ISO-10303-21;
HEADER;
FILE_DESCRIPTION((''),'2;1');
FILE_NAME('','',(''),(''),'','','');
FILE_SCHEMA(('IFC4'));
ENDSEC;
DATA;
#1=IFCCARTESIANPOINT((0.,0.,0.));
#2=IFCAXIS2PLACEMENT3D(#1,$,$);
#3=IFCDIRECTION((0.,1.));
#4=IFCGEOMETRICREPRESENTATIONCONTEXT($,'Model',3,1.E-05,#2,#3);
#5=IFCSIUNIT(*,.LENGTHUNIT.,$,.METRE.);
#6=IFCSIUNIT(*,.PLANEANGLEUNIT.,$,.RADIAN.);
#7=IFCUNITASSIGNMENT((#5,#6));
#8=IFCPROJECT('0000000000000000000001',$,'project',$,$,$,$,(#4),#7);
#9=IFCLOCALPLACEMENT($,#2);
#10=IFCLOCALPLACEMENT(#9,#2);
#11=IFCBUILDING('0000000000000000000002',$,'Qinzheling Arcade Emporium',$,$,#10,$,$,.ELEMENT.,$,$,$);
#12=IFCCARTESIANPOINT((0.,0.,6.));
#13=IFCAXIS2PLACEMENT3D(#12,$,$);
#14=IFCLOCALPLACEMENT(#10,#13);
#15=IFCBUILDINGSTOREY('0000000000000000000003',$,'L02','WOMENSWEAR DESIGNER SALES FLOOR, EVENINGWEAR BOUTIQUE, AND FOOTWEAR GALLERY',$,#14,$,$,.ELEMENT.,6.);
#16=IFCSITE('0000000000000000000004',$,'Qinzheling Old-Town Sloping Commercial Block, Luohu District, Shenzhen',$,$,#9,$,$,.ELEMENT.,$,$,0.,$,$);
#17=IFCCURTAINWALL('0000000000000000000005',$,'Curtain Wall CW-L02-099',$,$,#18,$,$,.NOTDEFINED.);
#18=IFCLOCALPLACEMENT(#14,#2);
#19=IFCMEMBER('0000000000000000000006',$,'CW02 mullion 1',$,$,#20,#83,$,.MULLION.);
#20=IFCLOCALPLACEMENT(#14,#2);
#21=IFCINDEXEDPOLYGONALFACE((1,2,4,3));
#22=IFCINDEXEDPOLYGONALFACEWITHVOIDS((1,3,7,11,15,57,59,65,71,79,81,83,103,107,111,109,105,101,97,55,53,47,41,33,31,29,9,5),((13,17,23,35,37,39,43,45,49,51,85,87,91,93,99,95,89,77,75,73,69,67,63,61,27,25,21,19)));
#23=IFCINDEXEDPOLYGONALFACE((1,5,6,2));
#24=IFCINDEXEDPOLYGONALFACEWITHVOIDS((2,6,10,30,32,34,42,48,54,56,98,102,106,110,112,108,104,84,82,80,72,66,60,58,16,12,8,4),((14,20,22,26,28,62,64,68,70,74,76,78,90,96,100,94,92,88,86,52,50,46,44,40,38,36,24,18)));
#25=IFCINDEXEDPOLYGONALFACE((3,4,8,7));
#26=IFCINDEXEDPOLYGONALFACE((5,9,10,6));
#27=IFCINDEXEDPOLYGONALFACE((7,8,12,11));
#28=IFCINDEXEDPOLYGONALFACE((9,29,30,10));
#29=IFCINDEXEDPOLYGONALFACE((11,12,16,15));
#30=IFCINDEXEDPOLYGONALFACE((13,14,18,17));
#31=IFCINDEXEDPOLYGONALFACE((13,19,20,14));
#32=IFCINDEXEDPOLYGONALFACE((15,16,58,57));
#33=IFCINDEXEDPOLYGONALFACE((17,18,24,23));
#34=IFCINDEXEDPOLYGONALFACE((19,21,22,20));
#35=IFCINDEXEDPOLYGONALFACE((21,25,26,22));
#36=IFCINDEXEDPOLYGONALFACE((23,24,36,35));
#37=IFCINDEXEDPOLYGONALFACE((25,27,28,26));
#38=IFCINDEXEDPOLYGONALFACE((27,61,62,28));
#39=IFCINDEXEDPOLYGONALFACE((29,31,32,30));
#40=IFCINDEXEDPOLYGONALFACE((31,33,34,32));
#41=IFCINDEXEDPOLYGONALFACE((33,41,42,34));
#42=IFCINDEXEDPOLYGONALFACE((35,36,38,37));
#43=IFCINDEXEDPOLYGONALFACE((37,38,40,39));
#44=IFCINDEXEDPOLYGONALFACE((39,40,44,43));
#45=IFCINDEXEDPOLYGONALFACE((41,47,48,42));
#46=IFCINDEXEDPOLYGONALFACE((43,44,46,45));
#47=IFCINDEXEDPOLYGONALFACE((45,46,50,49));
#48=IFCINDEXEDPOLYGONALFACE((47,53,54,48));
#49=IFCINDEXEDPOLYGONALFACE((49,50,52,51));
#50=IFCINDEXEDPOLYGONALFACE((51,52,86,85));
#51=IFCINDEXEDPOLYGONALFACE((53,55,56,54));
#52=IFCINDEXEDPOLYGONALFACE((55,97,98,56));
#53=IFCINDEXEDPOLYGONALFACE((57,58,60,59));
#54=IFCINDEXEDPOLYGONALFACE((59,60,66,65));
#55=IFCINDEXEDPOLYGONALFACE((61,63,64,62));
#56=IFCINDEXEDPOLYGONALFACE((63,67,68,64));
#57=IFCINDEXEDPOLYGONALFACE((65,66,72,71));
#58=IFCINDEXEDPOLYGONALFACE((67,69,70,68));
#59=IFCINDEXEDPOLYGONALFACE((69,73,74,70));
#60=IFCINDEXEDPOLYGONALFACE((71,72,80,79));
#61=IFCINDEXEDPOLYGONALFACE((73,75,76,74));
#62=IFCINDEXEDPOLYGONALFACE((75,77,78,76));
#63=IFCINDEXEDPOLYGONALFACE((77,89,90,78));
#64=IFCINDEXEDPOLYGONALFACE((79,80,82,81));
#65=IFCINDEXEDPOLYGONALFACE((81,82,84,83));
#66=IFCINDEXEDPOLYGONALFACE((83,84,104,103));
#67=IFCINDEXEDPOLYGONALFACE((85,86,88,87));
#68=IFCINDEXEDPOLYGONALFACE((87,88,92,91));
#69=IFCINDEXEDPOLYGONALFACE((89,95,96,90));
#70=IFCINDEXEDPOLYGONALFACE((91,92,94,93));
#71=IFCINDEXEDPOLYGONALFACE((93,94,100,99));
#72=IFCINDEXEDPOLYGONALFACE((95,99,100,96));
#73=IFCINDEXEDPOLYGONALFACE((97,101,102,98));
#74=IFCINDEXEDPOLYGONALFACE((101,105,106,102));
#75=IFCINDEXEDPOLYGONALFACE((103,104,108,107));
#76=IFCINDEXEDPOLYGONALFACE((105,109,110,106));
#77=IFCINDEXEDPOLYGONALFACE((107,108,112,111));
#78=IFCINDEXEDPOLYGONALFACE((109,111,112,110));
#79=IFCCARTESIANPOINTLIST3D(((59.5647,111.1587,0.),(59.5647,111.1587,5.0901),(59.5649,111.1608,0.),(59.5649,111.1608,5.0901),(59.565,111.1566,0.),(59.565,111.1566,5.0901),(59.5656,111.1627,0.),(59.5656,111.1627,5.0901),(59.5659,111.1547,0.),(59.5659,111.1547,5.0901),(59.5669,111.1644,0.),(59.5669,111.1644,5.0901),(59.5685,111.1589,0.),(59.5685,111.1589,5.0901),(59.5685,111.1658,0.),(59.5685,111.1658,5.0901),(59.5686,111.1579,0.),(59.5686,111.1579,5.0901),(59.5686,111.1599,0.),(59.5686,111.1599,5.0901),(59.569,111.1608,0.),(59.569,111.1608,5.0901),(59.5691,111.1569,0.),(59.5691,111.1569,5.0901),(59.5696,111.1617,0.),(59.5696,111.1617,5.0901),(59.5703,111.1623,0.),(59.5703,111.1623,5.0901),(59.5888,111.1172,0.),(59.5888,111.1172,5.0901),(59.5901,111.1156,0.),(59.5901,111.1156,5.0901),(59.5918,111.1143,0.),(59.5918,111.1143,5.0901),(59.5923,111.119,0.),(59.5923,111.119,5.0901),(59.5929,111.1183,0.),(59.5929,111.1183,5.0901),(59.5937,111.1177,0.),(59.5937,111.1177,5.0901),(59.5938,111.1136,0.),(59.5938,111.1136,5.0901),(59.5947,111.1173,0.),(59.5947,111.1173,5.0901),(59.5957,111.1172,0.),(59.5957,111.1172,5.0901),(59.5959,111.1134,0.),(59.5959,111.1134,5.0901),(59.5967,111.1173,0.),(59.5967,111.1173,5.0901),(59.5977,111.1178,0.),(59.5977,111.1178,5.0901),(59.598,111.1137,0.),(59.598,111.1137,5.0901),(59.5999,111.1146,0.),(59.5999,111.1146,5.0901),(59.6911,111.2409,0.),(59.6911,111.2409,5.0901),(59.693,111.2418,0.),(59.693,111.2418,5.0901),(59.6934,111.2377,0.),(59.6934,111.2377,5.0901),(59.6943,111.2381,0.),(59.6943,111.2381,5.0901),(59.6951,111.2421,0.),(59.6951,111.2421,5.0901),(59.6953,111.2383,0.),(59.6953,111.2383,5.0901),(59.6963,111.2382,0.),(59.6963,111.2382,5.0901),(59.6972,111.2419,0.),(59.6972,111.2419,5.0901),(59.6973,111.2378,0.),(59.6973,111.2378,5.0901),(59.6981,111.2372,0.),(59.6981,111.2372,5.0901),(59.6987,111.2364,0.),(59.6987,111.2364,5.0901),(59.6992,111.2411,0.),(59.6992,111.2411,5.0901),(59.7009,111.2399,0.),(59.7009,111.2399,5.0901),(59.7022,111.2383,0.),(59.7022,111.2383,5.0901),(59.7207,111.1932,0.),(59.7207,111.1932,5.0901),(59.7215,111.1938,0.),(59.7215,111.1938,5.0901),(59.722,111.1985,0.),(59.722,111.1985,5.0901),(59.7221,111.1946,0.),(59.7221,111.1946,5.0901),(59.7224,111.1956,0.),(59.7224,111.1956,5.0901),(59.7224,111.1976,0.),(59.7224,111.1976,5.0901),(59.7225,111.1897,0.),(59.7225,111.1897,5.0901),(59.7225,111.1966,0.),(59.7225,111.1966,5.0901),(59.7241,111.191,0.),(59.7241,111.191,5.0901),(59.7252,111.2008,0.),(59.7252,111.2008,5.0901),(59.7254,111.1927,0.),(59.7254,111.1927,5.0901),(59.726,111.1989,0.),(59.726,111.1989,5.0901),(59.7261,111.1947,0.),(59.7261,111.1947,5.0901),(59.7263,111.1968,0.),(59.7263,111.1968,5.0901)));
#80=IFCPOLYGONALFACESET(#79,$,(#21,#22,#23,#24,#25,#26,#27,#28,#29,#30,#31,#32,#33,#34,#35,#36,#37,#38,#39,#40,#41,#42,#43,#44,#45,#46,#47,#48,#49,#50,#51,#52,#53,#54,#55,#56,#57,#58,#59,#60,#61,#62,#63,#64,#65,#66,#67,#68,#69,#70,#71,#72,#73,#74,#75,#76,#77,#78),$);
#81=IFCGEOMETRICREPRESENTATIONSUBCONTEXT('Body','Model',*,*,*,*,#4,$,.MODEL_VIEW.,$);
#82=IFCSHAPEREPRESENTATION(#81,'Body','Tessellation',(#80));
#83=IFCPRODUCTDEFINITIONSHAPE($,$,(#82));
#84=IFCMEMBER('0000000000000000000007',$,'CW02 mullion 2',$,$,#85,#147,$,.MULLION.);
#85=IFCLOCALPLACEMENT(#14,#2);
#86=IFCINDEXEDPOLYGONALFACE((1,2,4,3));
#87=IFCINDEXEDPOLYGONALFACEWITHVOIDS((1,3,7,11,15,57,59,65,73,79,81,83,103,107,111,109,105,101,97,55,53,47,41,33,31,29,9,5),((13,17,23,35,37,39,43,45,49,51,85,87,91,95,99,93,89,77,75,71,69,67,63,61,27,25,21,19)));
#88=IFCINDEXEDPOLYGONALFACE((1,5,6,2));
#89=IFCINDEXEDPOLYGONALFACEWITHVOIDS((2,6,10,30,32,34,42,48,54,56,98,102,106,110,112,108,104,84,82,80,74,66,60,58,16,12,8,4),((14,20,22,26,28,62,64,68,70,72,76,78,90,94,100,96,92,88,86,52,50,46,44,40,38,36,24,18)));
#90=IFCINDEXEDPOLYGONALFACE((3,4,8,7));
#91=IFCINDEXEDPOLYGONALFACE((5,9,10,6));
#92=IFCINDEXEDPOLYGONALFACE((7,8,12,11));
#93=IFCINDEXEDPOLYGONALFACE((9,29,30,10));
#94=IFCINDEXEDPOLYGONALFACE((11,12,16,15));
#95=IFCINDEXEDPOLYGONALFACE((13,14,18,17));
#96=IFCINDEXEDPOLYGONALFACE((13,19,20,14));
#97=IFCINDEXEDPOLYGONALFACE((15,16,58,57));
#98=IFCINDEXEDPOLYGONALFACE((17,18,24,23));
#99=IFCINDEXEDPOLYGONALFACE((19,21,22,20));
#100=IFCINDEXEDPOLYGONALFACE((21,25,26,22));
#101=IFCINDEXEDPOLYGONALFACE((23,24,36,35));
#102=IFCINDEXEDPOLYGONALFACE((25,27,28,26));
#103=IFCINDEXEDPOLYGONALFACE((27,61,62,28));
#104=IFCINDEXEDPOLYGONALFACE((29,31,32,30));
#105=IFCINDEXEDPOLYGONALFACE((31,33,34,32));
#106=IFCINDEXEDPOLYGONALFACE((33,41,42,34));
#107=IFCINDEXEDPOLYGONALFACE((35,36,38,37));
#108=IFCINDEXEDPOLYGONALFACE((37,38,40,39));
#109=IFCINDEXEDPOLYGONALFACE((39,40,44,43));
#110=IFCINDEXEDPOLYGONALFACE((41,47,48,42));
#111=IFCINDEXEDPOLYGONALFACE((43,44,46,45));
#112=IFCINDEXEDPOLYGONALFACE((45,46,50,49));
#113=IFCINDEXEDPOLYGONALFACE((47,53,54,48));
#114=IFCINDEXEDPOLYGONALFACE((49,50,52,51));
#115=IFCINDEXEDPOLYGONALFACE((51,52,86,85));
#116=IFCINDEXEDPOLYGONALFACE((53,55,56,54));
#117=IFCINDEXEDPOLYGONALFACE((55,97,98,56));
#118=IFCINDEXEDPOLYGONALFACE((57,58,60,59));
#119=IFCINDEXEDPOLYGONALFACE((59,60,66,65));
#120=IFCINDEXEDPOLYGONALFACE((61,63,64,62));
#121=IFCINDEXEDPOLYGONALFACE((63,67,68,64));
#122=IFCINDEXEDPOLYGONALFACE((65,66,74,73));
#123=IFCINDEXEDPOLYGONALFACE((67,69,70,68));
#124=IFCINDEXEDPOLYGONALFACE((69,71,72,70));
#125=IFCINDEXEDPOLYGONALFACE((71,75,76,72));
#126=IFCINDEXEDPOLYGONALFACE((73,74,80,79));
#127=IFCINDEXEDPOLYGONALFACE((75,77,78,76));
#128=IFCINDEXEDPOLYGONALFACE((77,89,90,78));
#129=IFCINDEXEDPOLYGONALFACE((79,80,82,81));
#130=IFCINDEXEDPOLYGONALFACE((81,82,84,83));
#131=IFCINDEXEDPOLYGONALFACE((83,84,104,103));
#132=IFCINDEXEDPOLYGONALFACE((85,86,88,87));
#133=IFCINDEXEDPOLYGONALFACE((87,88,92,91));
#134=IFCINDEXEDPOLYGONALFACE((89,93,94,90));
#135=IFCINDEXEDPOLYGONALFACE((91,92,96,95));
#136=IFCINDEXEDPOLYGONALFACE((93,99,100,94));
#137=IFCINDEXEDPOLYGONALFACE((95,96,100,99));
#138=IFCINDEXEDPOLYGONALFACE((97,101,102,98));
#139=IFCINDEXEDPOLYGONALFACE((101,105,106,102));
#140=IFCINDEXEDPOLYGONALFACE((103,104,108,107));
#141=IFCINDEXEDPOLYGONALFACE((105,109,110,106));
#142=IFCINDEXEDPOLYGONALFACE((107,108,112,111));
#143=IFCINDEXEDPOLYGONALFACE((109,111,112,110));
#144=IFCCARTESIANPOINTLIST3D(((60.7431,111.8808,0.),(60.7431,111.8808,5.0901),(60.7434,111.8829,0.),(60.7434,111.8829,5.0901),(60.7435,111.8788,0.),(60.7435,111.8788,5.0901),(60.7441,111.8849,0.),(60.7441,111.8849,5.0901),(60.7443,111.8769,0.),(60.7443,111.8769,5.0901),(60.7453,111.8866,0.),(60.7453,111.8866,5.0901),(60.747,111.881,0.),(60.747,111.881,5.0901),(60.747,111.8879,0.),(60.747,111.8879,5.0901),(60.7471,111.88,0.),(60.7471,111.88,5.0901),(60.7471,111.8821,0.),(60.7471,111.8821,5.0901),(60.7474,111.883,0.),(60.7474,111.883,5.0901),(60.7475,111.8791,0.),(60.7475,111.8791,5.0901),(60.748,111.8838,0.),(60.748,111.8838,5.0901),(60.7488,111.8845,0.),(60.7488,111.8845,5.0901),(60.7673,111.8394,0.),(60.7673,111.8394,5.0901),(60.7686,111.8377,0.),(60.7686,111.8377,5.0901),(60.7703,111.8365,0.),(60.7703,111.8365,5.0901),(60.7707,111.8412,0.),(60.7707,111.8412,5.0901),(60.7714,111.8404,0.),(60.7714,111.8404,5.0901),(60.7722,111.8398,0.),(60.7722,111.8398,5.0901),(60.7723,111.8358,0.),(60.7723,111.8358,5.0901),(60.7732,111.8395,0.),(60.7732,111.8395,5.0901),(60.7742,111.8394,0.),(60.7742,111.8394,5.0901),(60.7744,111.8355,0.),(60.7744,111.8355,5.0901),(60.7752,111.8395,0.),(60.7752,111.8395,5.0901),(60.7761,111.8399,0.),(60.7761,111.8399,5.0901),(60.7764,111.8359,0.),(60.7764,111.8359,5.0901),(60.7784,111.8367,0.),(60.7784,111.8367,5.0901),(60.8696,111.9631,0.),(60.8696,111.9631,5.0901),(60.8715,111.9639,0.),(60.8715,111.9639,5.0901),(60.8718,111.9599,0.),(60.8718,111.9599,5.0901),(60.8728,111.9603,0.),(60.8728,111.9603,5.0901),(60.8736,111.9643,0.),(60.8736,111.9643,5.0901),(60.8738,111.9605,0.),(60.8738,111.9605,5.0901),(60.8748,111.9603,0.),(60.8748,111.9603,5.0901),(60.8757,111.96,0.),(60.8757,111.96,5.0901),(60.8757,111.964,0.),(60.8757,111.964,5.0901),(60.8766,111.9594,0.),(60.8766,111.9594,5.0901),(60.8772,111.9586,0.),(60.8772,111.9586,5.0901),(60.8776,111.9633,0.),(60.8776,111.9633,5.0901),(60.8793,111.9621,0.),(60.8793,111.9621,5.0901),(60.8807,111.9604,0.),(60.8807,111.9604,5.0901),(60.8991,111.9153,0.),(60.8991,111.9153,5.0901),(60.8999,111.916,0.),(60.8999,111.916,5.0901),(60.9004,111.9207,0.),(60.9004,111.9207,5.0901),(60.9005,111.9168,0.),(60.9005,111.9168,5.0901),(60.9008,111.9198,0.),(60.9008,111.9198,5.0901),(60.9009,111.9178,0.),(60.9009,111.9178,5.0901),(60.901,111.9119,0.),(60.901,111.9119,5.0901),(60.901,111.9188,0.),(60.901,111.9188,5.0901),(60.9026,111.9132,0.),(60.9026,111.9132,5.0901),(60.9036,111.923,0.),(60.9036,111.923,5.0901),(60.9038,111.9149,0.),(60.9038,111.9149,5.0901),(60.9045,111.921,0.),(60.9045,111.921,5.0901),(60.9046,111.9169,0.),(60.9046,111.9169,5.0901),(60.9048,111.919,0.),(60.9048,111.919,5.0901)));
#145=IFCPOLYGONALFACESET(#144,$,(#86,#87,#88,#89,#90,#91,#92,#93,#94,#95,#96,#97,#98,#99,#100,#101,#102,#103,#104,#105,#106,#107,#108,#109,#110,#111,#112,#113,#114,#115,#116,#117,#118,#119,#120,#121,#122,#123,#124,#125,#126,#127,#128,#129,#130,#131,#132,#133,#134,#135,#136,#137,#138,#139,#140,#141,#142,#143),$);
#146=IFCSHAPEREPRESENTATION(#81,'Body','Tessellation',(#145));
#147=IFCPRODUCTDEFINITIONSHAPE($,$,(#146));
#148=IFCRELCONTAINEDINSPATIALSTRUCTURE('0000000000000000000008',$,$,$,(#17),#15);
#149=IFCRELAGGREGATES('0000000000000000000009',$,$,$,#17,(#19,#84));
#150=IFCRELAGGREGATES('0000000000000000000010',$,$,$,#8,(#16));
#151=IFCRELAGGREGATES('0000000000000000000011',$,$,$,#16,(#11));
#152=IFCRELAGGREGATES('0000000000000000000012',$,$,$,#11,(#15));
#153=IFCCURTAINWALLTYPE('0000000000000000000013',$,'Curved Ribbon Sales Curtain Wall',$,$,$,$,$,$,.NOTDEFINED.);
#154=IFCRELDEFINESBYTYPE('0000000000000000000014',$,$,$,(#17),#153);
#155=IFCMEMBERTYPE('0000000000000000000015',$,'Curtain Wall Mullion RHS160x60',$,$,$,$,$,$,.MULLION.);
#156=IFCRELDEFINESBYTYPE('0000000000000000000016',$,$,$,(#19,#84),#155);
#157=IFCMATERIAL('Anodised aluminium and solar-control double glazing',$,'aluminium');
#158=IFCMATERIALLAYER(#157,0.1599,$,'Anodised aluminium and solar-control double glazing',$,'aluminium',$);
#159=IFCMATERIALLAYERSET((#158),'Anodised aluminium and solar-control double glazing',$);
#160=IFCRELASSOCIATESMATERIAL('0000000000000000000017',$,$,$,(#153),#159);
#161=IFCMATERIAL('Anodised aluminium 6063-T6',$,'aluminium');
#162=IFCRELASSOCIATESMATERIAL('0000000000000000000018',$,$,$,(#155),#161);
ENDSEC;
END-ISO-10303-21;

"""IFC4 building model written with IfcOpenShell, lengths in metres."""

from ifc_helpers import new_model, si_unit, direction, frame, origin, origin_2d, place, context, subcontext, project, spatial, hollow_rectangle, extrude, material, layer, layer_set, material_profile, profile_set, type_object, element, aggregate, save


model = new_model("IFC4")

# Units and contexts
model_context = context("Model", 3, precision=1e-05, world=origin(), true_north=direction((0.0, 1.0)))
body_context = subcontext(model_context, "Body", "Model", "MODEL_VIEW")
ifc_project = project(units=[si_unit("LENGTHUNIT", "METRE"), si_unit("PLANEANGLEUNIT", "RADIAN")], contexts=[model_context])

# Site, building, storey
site_placement = place(None, origin())
site = spatial("IfcSite", under=ifc_project, at=site_placement, Name="Qinzheling Old-Town Sloping Commercial Block, Luohu District, Shenzhen", CompositionType="ELEMENT", RefElevation=0.0)
building_placement = place(site_placement, origin())
building = spatial("IfcBuilding", under=site, at=building_placement, Name="Qinzheling Arcade Emporium", CompositionType="ELEMENT")
storey_placement = place(building_placement, frame((0.0, 0.0, 6.0)))
storey = spatial("IfcBuildingStorey", under=building, at=storey_placement, Name="L02", Description="WOMENSWEAR DESIGNER SALES FLOOR, EVENINGWEAR BOUTIQUE, AND FOOTWEAR GALLERY", CompositionType="ELEMENT", Elevation=6.0)

# Curtain wall, members
ifc_material_1 = material(Name="Anodised aluminium and solar-control double glazing", Category="aluminium")
ifc_layer_1 = layer(ifc_material_1, 0.1599, Name="Anodised aluminium and solar-control double glazing", Category="aluminium")
ifc_layer_set_1 = layer_set([ifc_layer_1], Name="Anodised aluminium and solar-control double glazing")
curtain_wall_type = type_object("IfcCurtainWallType", Name="Curved Ribbon Sales Curtain Wall", PredefinedType="NOTDEFINED", material=ifc_layer_set_1)
curtain_wall_1_placement = place(storey_placement, origin())
curtain_wall_1 = element("IfcCurtainWall", 1, at=curtain_wall_1_placement, inside=storey, type_object=curtain_wall_type, Name="Curtain Wall CW-L02-099", PredefinedType="NOTDEFINED")
ifc_material_2 = material(Name="Anodised aluminium 6063-T6", Category="aluminium")
ifc_material_profile_1 = material_profile(ifc_material_2, hollow_rectangle(XDim=0.0601, YDim=0.1599, WallThickness=0.0039, InnerFilletRadius=0.0039, OuterFilletRadius=0.0081, at=origin_2d()), Name="RHS 160x60x4", Category="aluminium")
ifc_profile_set_1 = profile_set([ifc_material_profile_1], Name="Anodised aluminium 6063-T6")
member_type_1 = type_object("IfcMemberType", Name="Curtain Wall Mullion RHS160x60", PredefinedType="MULLION", material=ifc_profile_set_1)
member_1_placement = place(storey_placement, frame((59.6455, 111.1777, 0.0), z_axis=(0.0, 0.0, 1.0), x_axis=(-0.522595, 0.852581, 0.0)))
member_1 = element("IfcMember", 2, at=member_1_placement, type_object=member_type_1, Name="CW02 mullion 1", PredefinedType="MULLION", context=body_context, shape_type="SweptSolid", body=[
    extrude(hollow_rectangle(XDim=0.0601, YDim=0.1599, WallThickness=0.0039, InnerFilletRadius=0.0039, OuterFilletRadius=0.0081, at=origin_2d()), origin(), (0.0, 0.0, 1.0), 5.0901),
])
member_2_placement = place(storey_placement, frame((60.824, 111.8999, 0.0), z_axis=(0.0, 0.0, 1.0), x_axis=(-0.522595, 0.852581, 0.0)))
member_2 = element("IfcMember", 3, at=member_2_placement, type_object=member_type_1, Name="CW02 mullion 2", PredefinedType="MULLION", context=body_context, shape_type="SweptSolid", body=[
    extrude(hollow_rectangle(XDim=0.0601, YDim=0.1599, WallThickness=0.0039, InnerFilletRadius=0.0039, OuterFilletRadius=0.0081, at=origin_2d()), origin(), (0.0, 0.0, 1.0), 5.0901),
])

aggregate(curtain_wall_1, [member_1, member_2])

save(model, "model.ifc")
